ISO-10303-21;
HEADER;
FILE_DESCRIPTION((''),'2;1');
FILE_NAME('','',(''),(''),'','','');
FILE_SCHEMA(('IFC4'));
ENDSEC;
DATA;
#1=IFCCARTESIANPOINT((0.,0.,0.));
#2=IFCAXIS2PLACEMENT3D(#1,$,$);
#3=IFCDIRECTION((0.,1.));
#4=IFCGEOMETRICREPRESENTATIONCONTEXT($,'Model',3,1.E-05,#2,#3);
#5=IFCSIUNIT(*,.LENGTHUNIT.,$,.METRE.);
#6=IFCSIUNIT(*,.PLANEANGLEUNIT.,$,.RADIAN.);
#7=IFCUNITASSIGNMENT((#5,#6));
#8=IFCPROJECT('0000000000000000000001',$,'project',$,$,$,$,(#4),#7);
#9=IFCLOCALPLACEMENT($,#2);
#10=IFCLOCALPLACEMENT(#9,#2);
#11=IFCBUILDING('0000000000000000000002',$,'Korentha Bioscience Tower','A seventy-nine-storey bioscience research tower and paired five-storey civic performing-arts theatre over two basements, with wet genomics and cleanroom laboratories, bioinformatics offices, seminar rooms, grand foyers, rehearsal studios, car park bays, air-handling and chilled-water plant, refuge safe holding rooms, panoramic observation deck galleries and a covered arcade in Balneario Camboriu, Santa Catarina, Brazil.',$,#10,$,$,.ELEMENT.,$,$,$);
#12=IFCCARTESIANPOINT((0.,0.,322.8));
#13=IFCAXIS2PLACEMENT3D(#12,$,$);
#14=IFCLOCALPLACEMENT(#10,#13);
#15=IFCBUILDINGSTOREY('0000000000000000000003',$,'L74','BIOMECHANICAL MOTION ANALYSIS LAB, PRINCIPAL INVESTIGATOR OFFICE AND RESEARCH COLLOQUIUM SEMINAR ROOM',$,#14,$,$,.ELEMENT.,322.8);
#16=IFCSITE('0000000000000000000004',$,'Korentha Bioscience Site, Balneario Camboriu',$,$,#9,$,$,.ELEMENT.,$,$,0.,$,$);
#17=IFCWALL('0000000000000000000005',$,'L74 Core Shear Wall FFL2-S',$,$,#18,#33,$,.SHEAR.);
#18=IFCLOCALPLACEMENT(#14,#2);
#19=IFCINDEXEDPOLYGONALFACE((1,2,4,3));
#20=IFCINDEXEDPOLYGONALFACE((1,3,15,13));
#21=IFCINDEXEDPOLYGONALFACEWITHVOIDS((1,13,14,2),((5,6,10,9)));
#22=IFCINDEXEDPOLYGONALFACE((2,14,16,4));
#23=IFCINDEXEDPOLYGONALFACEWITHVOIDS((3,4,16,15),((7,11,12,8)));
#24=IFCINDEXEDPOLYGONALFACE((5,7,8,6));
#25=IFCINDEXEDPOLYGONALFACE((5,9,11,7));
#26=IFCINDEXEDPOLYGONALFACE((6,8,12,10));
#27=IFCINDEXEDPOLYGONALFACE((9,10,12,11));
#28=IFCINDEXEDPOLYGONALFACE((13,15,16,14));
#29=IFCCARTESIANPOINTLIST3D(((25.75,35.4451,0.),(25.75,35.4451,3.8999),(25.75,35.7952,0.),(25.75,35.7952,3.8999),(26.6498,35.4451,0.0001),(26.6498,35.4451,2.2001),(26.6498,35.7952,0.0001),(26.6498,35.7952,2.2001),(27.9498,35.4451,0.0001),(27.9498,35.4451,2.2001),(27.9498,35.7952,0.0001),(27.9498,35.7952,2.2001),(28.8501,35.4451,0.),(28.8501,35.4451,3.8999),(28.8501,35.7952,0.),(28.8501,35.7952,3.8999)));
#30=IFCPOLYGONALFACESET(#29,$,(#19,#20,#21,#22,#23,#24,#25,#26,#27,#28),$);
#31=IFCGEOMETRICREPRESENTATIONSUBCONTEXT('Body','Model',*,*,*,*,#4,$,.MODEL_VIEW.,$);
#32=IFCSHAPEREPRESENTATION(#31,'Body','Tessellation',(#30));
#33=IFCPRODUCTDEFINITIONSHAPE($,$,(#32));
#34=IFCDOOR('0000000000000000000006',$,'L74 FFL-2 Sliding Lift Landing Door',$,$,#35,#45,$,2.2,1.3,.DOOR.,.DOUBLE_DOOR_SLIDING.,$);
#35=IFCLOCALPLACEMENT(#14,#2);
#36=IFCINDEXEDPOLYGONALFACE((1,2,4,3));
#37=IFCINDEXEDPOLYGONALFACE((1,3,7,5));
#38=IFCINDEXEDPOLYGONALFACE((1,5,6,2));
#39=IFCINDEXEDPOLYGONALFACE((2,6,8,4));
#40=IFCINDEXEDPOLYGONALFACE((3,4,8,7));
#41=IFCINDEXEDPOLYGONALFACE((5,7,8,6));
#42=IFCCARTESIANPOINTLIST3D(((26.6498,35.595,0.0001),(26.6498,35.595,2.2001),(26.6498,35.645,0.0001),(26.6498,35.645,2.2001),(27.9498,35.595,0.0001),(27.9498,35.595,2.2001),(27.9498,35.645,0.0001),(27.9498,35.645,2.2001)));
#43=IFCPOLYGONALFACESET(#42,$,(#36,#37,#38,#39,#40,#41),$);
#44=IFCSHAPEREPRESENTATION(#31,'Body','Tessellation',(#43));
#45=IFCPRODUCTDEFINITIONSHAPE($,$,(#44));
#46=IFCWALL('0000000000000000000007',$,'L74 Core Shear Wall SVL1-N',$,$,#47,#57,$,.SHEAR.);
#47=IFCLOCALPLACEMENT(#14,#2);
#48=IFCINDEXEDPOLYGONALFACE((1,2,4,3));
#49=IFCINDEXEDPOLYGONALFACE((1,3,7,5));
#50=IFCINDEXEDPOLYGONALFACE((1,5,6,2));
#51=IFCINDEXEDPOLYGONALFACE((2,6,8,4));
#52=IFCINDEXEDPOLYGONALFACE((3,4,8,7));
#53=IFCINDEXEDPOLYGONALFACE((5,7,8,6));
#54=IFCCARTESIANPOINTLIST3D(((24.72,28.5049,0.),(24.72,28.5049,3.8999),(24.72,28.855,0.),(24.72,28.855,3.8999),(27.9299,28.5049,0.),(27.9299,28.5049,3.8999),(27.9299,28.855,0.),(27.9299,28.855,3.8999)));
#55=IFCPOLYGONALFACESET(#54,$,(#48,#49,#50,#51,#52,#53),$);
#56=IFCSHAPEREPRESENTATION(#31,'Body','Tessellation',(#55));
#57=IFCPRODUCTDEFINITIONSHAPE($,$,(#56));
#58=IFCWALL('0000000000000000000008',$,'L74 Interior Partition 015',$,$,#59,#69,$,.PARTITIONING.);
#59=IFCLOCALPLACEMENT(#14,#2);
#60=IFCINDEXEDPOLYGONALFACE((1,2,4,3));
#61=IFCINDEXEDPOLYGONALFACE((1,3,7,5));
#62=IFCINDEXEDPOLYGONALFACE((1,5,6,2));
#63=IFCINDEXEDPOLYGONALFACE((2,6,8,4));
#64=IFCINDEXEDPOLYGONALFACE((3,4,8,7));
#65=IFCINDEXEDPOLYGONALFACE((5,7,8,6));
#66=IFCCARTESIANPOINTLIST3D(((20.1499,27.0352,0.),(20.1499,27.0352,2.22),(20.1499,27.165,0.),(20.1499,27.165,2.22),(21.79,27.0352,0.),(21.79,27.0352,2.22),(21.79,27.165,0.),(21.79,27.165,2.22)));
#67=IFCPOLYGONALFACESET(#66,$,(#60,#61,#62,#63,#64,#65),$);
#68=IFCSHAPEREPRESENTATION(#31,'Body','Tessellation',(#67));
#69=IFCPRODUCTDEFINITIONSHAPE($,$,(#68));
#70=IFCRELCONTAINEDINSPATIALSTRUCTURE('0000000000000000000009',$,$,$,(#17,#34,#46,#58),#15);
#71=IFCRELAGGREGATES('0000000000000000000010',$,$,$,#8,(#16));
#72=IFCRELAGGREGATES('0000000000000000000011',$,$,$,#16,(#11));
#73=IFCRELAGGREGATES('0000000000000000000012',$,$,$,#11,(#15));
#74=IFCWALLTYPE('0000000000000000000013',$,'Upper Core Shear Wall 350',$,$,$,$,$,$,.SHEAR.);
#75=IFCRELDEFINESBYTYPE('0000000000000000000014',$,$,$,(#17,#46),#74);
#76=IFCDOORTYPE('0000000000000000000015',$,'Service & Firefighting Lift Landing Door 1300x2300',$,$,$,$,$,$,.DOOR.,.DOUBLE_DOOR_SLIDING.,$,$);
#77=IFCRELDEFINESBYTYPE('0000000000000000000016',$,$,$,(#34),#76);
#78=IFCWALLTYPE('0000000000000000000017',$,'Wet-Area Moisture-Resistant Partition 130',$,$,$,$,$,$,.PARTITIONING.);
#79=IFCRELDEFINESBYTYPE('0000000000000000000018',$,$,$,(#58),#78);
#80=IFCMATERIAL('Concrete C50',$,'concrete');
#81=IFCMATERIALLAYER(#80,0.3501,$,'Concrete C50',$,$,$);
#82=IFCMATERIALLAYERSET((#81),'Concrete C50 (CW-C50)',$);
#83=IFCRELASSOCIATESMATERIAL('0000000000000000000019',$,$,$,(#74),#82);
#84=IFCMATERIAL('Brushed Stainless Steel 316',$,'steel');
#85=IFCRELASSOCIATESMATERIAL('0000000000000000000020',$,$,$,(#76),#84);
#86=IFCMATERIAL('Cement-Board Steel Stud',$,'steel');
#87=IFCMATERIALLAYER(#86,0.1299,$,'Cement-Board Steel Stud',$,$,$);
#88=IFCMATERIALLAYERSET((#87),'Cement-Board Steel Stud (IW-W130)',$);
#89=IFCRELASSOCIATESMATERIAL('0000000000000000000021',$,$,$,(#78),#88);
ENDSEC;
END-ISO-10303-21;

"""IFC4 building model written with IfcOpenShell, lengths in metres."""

from ifc_helpers import new_model, si_unit, direction, frame, frame_2d, origin, place, context, subcontext, project, spatial, rectangle, extrude, material, layer, layer_set, type_object, element, fill, save


model = new_model("IFC4")

# Units and contexts
model_context = context("Model", 3, precision=1e-05, world=origin(), true_north=direction((0.0, 1.0)))
body_context = subcontext(model_context, "Body", "Model", "MODEL_VIEW")
ifc_project = project(units=[si_unit("LENGTHUNIT", "METRE"), si_unit("PLANEANGLEUNIT", "RADIAN")], contexts=[model_context])

# Site, building, storey
site_placement = place(None, origin())
site = spatial("IfcSite", under=ifc_project, at=site_placement, Name="Korentha Bioscience Site, Balneario Camboriu", CompositionType="ELEMENT", RefElevation=0.0)
building_placement = place(site_placement, origin())
building = spatial("IfcBuilding", under=site, at=building_placement, Name="Korentha Bioscience Tower", Description="A seventy-nine-storey bioscience research tower and paired five-storey civic performing-arts theatre over two basements, with wet genomics and cleanroom laboratories, bioinformatics offices, seminar rooms, grand foyers, rehearsal studios, car park bays, air-handling and chilled-water plant, refuge safe holding rooms, panoramic observation deck galleries and a covered arcade in Balneario Camboriu, Santa Catarina, Brazil.", CompositionType="ELEMENT")
storey_placement = place(building_placement, frame((0.0, 0.0, 322.8)))
storey = spatial("IfcBuildingStorey", under=building, at=storey_placement, Name="L74", Description="BIOMECHANICAL MOTION ANALYSIS LAB, PRINCIPAL INVESTIGATOR OFFICE AND RESEARCH COLLOQUIUM SEMINAR ROOM", CompositionType="ELEMENT", Elevation=322.8)

# Shared definitions
ifc_material_1 = material(Name="Concrete C50", Category="concrete")
ifc_layer_1 = layer(ifc_material_1, 0.3501, Name="Concrete C50")
ifc_layer_set_1 = layer_set([ifc_layer_1], Name="Concrete C50 (CW-C50)")
wall_type_1 = type_object("IfcWallType", Name="Upper Core Shear Wall 350", PredefinedType="SHEAR", material=ifc_layer_set_1)

# Wall, opening, door
wall_1_placement = place(storey_placement, frame((25.75, 35.6201, 0.0), z_axis=(0.0, 0.0, 1.0), x_axis=(1.0, 0.0, 0.0)))
wall_1 = element("IfcWall", 1, at=wall_1_placement, inside=storey, type_object=wall_type_1, Name="L74 Core Shear Wall FFL2-S", PredefinedType="SHEAR", context=body_context, shape_type="SweptSolid", body=[
    extrude(rectangle(XDim=3.1001, YDim=0.3501, at=frame_2d((1.55, 0.0))), origin(), (0.0, 0.0, 1.0), 3.8999),
])
opening_1_placement = place(wall_1_placement, frame((0.8999, 0.0, 0.0)))
opening_1 = element("IfcOpeningElement", 2, at=opening_1_placement, cuts=wall_1, PredefinedType="OPENING", context=body_context, shape_type="SweptSolid", body=[
    extrude(rectangle(XDim=1.3, YDim=2.2, at=frame_2d((0.6499, 1.1001))), frame((0.0, 0.1899, 0.0), z_axis=(0.0, -1.0, 0.0), x_axis=(1.0, 0.0, 0.0)), (0.0, 0.0, 1.0), 0.3799),
])
ifc_material_2 = material(Name="Brushed Stainless Steel 316", Category="steel")
door_type_1 = type_object("IfcDoorType", Name="Service & Firefighting Lift Landing Door 1300x2300", OperationType="DOUBLE_DOOR_SLIDING", PredefinedType="DOOR", material=ifc_material_2)
door_1_placement = place(opening_1_placement, origin())
door_1 = element("IfcDoor", 3, at=door_1_placement, inside=storey, type_object=door_type_1, Name="L74 FFL-2 Sliding Lift Landing Door", OperationType="DOUBLE_DOOR_SLIDING", OverallHeight=2.2, OverallWidth=1.3, PredefinedType="DOOR", context=body_context, shape_type="SweptSolid", body=[
    extrude(rectangle(XDim=1.3, YDim=2.2, at=frame_2d((0.6499, 1.1001))), frame((0.0, 0.0249, 0.0), z_axis=(0.0, -1.0, 0.0), x_axis=(1.0, 0.0, 0.0)), (0.0, 0.0, 1.0), 0.05),
])
fill(opening_1, door_1)

# Wall
wall_2_placement = place(storey_placement, frame((24.72, 28.6799, 0.0), z_axis=(0.0, 0.0, 1.0), x_axis=(1.0, 0.0, 0.0)))
element("IfcWall", 4, at=wall_2_placement, inside=storey, type_object=wall_type_1, Name="L74 Core Shear Wall SVL1-N", PredefinedType="SHEAR", context=body_context, shape_type="SweptSolid", body=[
    extrude(rectangle(XDim=3.21, YDim=0.3501, at=frame_2d((1.605, 0.0))), origin(), (0.0, 0.0, 1.0), 3.8999),
])

# Shared definitions
ifc_material_3 = material(Name="Cement-Board Steel Stud", Category="steel")
ifc_layer_2 = layer(ifc_material_3, 0.1299, Name="Cement-Board Steel Stud")
ifc_layer_set_2 = layer_set([ifc_layer_2], Name="Cement-Board Steel Stud (IW-W130)")
wall_type_2 = type_object("IfcWallType", Name="Wet-Area Moisture-Resistant Partition 130", PredefinedType="PARTITIONING", material=ifc_layer_set_2)

# Wall
wall_3_placement = place(storey_placement, frame((21.79, 27.1001, 0.0), z_axis=(0.0, 0.0, 1.0), x_axis=(-1.0, 0.0, 0.0)))
element("IfcWall", 5, at=wall_3_placement, inside=storey, type_object=wall_type_2, Name="L74 Interior Partition 015", PredefinedType="PARTITIONING", context=body_context, shape_type="SweptSolid", body=[
    extrude(rectangle(XDim=1.6401, YDim=0.1299, at=frame_2d((0.8201, 0.0))), origin(), (0.0, 0.0, 1.0), 2.22),
])

save(model, "model.ifc")
